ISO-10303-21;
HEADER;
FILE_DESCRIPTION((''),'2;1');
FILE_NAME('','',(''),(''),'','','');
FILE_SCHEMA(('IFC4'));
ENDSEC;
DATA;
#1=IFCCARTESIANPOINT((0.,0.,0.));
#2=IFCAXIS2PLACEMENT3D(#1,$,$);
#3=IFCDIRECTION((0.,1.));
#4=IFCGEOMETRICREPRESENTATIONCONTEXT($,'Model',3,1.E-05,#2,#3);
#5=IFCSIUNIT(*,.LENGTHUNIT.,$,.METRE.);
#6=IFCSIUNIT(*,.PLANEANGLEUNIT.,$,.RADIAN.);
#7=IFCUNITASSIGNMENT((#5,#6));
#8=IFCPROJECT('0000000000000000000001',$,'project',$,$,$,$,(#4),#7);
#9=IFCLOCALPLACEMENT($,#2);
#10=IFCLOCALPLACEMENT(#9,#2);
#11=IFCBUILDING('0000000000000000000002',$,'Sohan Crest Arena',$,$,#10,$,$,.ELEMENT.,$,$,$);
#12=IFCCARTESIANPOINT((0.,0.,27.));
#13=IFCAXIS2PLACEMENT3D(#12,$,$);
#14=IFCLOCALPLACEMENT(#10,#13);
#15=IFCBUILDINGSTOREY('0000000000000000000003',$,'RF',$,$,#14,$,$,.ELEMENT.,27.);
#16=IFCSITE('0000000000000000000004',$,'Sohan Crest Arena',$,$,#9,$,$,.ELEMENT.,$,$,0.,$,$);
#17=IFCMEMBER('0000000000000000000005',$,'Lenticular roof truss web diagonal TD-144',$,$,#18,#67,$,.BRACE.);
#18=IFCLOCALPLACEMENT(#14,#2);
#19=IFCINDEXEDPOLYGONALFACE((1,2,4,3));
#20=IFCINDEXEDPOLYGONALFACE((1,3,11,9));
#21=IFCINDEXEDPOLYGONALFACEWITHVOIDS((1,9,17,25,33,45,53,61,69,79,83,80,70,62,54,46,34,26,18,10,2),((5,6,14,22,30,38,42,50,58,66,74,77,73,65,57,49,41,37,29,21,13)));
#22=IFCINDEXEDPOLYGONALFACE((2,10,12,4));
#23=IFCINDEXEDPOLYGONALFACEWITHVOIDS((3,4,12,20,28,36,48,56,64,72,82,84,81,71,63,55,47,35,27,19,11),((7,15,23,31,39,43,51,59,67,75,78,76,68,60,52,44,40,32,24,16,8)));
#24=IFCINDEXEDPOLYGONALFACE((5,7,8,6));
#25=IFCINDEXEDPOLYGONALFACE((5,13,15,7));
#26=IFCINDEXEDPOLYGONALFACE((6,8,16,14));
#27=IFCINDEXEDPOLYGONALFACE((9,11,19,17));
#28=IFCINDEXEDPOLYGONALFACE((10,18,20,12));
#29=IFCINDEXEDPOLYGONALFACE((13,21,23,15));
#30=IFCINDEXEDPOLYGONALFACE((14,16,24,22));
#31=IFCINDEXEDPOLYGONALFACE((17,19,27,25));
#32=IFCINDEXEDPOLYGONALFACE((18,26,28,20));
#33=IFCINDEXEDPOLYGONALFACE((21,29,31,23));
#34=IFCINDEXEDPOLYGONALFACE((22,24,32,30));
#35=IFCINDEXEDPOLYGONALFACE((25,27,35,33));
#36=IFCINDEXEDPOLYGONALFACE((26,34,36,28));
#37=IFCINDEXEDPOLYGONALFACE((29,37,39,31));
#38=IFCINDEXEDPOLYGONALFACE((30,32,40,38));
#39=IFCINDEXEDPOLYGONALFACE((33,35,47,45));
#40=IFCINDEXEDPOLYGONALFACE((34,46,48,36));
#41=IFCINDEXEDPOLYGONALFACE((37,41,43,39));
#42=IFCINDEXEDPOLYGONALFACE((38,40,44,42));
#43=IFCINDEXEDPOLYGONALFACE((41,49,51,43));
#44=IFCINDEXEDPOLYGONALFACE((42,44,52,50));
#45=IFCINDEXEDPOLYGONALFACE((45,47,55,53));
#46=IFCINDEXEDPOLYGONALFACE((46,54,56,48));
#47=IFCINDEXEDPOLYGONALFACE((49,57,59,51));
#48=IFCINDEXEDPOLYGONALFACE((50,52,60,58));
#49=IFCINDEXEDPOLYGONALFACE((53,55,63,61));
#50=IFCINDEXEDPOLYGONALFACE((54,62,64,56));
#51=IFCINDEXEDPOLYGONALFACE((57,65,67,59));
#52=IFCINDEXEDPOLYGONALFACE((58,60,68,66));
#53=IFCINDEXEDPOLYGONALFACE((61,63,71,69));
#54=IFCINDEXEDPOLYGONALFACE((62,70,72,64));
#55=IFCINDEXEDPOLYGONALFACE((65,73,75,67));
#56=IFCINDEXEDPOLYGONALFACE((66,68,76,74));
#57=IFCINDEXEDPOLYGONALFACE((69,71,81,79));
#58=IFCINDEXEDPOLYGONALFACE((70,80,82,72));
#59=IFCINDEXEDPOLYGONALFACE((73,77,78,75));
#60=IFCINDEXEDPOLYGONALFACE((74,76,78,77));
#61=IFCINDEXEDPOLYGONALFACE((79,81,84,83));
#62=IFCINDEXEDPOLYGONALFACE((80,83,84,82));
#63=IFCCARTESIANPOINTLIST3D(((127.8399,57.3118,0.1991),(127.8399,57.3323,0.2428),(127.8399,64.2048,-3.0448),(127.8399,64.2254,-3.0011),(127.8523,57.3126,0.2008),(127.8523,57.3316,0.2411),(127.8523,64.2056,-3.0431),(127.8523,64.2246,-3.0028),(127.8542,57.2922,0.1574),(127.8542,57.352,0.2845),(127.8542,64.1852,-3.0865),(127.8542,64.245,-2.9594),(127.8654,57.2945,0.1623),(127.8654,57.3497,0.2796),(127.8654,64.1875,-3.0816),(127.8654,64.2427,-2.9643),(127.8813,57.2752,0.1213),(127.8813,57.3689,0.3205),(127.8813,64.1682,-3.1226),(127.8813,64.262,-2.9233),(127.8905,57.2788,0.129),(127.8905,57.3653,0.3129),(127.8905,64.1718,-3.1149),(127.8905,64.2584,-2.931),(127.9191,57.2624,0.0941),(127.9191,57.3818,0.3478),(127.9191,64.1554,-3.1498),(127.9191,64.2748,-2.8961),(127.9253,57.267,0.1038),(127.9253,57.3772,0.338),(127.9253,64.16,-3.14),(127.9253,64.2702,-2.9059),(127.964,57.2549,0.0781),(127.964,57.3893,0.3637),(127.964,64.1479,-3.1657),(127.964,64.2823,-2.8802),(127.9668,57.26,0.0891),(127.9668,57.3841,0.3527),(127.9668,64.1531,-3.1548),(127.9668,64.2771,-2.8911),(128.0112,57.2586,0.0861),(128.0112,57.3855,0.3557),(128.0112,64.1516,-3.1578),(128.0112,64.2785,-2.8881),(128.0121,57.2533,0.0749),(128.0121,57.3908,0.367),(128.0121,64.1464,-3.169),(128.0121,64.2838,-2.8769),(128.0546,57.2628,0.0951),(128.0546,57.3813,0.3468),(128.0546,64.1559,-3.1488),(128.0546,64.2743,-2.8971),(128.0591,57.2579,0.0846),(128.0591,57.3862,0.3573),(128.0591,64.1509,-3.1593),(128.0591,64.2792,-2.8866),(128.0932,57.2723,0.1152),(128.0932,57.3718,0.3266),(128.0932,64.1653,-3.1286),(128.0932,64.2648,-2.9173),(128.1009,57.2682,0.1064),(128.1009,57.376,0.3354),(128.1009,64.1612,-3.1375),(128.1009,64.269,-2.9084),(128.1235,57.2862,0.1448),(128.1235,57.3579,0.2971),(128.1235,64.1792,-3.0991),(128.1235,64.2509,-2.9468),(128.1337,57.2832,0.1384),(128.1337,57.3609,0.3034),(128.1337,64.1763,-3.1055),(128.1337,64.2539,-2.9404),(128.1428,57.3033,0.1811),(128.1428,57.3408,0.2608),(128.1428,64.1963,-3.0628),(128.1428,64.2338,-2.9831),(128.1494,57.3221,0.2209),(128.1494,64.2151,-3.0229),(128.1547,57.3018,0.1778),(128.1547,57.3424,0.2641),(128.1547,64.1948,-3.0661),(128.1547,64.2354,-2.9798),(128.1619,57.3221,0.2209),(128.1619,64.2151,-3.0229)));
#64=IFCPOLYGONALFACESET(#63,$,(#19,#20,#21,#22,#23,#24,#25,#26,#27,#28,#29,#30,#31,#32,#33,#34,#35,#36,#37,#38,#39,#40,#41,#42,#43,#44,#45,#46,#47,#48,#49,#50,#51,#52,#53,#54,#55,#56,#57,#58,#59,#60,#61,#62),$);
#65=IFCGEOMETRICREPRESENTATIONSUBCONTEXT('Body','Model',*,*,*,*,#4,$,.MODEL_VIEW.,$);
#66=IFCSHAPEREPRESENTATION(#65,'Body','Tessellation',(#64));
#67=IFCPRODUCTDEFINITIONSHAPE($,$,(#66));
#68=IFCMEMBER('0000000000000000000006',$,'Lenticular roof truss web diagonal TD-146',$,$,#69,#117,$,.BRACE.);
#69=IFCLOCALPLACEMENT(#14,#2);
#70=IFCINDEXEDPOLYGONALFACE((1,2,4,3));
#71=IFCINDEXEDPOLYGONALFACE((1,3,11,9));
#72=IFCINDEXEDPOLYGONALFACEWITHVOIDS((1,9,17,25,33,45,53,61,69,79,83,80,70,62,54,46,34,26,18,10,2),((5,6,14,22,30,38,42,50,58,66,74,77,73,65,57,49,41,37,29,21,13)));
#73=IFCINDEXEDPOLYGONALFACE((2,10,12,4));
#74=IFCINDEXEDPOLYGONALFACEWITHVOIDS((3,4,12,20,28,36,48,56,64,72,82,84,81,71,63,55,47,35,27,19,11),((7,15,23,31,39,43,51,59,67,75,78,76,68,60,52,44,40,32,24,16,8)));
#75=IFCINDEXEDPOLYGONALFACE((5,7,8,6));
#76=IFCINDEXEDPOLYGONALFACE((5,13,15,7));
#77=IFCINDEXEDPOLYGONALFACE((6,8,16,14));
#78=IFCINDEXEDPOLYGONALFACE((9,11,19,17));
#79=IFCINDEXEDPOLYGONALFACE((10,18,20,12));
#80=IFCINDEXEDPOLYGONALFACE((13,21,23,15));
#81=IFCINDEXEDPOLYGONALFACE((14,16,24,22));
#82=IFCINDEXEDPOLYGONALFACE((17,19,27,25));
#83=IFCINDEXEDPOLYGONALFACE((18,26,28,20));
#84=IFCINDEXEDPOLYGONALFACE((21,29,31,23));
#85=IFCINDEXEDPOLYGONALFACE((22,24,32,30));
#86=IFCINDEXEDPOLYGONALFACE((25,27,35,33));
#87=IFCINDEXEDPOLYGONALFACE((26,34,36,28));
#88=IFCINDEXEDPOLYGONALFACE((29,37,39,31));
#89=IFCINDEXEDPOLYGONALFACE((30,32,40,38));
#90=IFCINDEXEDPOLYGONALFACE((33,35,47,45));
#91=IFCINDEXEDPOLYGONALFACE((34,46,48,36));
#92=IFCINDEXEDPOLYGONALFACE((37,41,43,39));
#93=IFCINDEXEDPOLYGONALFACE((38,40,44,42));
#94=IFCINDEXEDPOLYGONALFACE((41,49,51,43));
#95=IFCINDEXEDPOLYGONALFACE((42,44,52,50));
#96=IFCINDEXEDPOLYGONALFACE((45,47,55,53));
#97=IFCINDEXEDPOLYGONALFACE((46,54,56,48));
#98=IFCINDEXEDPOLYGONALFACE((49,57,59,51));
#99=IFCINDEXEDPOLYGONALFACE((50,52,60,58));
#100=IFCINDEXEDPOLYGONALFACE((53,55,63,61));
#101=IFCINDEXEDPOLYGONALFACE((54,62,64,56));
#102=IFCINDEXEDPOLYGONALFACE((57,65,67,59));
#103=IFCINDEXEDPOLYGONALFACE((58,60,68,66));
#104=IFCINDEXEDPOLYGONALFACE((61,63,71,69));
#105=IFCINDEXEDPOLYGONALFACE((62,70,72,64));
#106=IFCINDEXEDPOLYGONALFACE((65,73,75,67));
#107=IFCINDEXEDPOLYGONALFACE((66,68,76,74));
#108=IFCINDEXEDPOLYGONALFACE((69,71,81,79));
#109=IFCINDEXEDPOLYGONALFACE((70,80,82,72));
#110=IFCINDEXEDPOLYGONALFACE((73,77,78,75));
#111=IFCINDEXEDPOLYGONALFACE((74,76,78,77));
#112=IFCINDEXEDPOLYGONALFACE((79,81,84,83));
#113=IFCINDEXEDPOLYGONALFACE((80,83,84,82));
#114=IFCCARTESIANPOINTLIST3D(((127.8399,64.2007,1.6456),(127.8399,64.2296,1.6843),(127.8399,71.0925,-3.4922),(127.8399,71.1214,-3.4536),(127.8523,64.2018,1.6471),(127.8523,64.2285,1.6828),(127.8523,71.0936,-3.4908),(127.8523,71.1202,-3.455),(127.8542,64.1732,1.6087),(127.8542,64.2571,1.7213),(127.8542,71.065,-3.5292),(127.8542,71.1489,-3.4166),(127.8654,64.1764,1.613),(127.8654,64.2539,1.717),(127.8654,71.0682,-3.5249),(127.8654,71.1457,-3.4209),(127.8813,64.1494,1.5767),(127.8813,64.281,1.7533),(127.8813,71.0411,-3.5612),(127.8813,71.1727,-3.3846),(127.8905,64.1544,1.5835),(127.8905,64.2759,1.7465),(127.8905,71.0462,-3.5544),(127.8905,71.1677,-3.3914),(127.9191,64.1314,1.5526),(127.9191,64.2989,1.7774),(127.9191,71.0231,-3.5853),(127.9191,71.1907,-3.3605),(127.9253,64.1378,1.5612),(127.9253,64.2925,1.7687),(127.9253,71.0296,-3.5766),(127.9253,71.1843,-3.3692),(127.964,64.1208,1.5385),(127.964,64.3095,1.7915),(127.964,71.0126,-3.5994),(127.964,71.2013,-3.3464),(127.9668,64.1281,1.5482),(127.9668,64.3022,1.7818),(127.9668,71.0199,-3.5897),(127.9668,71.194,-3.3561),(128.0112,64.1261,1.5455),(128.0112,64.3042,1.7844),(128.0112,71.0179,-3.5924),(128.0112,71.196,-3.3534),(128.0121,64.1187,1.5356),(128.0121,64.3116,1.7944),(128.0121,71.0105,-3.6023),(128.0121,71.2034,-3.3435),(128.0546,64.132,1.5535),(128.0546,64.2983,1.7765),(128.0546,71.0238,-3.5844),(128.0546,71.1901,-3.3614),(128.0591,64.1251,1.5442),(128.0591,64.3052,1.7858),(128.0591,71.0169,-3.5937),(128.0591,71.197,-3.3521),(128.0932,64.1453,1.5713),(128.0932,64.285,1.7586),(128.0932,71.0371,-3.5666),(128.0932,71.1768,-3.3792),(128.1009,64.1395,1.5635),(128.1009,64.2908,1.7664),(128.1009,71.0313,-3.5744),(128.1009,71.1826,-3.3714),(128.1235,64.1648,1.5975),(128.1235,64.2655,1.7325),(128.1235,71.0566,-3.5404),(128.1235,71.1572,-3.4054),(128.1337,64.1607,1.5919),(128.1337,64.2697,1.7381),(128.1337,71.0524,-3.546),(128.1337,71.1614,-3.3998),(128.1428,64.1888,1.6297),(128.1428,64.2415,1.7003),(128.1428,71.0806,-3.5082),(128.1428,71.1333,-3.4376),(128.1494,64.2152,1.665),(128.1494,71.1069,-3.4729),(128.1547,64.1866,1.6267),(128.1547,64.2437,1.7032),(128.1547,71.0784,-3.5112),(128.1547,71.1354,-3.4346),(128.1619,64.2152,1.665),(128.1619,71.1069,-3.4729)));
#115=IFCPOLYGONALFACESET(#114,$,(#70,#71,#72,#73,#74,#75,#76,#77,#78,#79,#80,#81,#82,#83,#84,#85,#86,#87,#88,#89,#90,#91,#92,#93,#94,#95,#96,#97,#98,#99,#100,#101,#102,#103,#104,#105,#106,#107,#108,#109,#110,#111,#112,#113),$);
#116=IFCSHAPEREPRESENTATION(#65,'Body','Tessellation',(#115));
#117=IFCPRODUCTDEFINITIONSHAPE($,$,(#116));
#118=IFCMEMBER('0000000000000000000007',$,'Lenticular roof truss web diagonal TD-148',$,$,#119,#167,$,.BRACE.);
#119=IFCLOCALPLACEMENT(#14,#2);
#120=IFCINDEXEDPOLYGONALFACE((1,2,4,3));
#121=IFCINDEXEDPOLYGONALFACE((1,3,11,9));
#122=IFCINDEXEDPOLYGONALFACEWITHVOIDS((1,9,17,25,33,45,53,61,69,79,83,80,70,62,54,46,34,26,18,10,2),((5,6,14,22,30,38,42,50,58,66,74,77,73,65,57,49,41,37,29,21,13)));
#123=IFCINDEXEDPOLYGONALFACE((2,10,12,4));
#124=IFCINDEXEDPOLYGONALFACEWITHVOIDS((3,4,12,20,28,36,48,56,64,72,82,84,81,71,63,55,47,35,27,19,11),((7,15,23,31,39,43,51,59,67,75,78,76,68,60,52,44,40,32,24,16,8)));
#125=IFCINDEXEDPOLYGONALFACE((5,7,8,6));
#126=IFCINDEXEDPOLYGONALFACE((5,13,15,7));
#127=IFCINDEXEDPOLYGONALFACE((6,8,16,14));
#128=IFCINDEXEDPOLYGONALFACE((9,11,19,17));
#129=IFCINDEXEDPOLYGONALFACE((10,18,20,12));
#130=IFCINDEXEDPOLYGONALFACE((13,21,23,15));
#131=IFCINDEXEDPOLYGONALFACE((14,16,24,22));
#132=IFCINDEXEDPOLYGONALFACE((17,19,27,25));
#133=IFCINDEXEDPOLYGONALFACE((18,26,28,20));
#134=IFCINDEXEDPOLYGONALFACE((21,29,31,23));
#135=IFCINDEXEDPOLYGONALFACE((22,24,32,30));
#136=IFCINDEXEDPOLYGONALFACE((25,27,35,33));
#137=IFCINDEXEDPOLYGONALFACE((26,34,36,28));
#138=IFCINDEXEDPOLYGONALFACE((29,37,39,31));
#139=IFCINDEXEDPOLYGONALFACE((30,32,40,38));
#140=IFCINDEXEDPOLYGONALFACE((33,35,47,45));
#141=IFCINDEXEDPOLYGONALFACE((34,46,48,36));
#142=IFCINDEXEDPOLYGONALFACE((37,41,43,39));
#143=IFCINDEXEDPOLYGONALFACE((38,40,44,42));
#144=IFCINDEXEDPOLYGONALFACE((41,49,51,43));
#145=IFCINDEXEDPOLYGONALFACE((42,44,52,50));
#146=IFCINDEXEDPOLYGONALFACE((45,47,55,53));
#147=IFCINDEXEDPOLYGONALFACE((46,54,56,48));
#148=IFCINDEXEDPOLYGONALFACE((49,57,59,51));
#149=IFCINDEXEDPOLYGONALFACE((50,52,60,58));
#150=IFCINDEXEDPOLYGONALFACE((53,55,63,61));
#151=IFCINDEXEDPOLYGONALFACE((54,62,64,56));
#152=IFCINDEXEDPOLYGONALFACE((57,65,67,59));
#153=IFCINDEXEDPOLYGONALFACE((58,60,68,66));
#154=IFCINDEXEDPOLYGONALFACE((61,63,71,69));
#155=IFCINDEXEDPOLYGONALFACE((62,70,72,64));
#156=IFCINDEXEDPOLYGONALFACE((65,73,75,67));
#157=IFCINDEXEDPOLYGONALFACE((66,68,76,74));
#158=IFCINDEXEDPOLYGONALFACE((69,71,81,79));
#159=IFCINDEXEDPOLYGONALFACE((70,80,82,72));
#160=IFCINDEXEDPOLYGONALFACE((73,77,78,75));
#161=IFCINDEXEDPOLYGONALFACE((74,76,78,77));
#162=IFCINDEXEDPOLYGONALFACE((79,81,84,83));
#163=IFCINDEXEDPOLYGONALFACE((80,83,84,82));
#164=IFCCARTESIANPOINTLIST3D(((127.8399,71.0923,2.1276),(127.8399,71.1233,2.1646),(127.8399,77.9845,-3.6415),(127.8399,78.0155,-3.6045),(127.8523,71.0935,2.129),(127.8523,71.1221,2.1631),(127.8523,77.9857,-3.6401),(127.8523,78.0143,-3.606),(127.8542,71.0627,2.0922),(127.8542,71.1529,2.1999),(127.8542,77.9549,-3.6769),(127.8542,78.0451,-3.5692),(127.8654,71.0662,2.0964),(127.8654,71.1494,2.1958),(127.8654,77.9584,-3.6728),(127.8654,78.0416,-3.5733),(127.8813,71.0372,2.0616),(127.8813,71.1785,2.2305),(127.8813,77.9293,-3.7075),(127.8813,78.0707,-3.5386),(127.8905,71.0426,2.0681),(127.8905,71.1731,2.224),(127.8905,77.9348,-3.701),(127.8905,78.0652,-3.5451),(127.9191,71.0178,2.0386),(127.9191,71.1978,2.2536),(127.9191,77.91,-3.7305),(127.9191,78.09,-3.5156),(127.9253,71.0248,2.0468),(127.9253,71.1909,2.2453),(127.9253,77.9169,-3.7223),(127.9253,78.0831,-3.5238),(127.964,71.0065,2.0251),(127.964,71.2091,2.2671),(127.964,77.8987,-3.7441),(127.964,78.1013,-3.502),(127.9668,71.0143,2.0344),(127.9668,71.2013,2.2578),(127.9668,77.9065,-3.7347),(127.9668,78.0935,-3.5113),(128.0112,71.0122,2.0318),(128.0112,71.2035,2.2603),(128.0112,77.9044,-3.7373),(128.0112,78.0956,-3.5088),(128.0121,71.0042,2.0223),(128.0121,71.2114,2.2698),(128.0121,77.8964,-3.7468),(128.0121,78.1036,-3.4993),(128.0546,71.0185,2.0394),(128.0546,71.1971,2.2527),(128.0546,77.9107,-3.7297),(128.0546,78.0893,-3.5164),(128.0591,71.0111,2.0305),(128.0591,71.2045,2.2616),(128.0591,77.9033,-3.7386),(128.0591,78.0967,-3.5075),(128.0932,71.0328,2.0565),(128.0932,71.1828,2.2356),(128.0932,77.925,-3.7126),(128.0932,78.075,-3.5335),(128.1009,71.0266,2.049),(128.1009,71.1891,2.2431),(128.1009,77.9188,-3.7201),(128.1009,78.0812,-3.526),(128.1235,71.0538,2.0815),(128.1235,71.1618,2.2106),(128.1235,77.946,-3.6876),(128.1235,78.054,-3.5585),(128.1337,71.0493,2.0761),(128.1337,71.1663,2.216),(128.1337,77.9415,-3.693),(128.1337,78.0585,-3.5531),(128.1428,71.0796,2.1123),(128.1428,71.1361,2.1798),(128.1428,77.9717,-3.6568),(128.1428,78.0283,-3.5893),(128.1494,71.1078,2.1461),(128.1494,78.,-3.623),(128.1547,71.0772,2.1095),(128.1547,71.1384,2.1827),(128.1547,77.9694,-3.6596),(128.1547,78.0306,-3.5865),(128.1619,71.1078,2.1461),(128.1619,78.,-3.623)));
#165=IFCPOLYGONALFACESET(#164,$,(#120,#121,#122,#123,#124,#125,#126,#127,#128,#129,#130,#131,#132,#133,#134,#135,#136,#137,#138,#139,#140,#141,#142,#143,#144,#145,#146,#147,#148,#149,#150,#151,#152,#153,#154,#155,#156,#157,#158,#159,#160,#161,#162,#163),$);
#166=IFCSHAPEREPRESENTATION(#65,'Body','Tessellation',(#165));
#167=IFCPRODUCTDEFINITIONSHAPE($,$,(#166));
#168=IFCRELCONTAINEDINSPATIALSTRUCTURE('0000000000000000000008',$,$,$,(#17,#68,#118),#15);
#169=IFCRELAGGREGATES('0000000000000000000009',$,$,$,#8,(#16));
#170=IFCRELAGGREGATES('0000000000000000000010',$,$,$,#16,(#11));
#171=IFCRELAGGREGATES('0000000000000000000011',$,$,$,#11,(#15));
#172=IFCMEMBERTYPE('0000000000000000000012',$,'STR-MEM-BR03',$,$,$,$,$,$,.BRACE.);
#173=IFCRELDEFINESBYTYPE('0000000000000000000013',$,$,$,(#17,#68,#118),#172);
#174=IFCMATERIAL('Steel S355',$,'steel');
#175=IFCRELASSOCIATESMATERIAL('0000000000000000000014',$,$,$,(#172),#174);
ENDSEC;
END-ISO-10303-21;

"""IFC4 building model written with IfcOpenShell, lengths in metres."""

from ifc_helpers import new_model, si_unit, direction, frame, origin, origin_2d, place, context, subcontext, project, spatial, hollow_circle, extrude, material, material_profile, profile_set, type_object, element, save


model = new_model("IFC4")

# Units and contexts
model_context = context("Model", 3, precision=1e-05, world=origin(), true_north=direction((0.0, 1.0)))
body_context = subcontext(model_context, "Body", "Model", "MODEL_VIEW")
ifc_project = project(units=[si_unit("LENGTHUNIT", "METRE"), si_unit("PLANEANGLEUNIT", "RADIAN")], contexts=[model_context])

# Site, building, storey
site_placement = place(None, origin())
site = spatial("IfcSite", under=ifc_project, at=site_placement, Name="Sohan Crest Arena", CompositionType="ELEMENT", RefElevation=0.0)
building_placement = place(site_placement, origin())
building = spatial("IfcBuilding", under=site, at=building_placement, Name="Sohan Crest Arena", CompositionType="ELEMENT")
storey_placement = place(building_placement, frame((0.0, 0.0, 27.0)))
storey = spatial("IfcBuildingStorey", under=building, at=storey_placement, Name="RF", CompositionType="ELEMENT", Elevation=27.0)

# Shared definitions
ifc_material_1 = material(Name="Steel S355", Category="steel")

# Members
ifc_material_profile_1 = material_profile(ifc_material_1, hollow_circle(Radius=0.1619, WallThickness=0.0125, at=origin_2d()), Name="CHS 323.9x12.5")
ifc_profile_set_1 = profile_set([ifc_material_profile_1], Name="Steel S355")
member_type_1 = type_object("IfcMemberType", Name="STR-MEM-BR03", PredefinedType="BRACE", material=ifc_profile_set_1)
member_1_placement = place(storey_placement, frame((128.0, 64.2151, -3.0229), z_axis=(0.0, -0.904814, 0.425808), x_axis=(1.0, 0.0, 0.0)))
element("IfcMember", 1, at=member_1_placement, inside=storey, type_object=member_type_1, Name="Lenticular roof truss web diagonal TD-144", PredefinedType="BRACE", context=body_context, shape_type="SweptSolid", body=[
    extrude(hollow_circle(Radius=0.1619, WallThickness=0.0125, at=origin_2d()), origin(), (0.0, 0.0, 1.0), 7.6182),
])
member_2_placement = place(storey_placement, frame((128.0, 71.1069, -3.4729), z_axis=(0.0, -0.801725, 0.597694), x_axis=(1.0, 0.0, 0.0)))
element("IfcMember", 2, at=member_2_placement, inside=storey, type_object=member_type_1, Name="Lenticular roof truss web diagonal TD-146", PredefinedType="BRACE", context=body_context, shape_type="SweptSolid", body=[
    extrude(hollow_circle(Radius=0.1619, WallThickness=0.0125, at=origin_2d()), origin(), (0.0, 0.0, 1.0), 8.5962),
])
for number, where, z_axis, x_axis, name in (
    (3, (128.0, 78.0, -3.623), (0.0, -0.766817, 0.641866), (1.0, 0.0, 0.0), "Lenticular roof truss web diagonal TD-148"),
):
    element("IfcMember", number, at=place(storey_placement, frame(where, z_axis=z_axis, x_axis=x_axis)), inside=storey, type_object=member_type_1, Name=name, PredefinedType="BRACE", context=body_context, shape_type="SweptSolid", body=[
        extrude(hollow_circle(Radius=0.1619, WallThickness=0.0125, at=origin_2d()), origin(), (0.0, 0.0, 1.0), 8.988),
    ])

save(model, "model.ifc")
